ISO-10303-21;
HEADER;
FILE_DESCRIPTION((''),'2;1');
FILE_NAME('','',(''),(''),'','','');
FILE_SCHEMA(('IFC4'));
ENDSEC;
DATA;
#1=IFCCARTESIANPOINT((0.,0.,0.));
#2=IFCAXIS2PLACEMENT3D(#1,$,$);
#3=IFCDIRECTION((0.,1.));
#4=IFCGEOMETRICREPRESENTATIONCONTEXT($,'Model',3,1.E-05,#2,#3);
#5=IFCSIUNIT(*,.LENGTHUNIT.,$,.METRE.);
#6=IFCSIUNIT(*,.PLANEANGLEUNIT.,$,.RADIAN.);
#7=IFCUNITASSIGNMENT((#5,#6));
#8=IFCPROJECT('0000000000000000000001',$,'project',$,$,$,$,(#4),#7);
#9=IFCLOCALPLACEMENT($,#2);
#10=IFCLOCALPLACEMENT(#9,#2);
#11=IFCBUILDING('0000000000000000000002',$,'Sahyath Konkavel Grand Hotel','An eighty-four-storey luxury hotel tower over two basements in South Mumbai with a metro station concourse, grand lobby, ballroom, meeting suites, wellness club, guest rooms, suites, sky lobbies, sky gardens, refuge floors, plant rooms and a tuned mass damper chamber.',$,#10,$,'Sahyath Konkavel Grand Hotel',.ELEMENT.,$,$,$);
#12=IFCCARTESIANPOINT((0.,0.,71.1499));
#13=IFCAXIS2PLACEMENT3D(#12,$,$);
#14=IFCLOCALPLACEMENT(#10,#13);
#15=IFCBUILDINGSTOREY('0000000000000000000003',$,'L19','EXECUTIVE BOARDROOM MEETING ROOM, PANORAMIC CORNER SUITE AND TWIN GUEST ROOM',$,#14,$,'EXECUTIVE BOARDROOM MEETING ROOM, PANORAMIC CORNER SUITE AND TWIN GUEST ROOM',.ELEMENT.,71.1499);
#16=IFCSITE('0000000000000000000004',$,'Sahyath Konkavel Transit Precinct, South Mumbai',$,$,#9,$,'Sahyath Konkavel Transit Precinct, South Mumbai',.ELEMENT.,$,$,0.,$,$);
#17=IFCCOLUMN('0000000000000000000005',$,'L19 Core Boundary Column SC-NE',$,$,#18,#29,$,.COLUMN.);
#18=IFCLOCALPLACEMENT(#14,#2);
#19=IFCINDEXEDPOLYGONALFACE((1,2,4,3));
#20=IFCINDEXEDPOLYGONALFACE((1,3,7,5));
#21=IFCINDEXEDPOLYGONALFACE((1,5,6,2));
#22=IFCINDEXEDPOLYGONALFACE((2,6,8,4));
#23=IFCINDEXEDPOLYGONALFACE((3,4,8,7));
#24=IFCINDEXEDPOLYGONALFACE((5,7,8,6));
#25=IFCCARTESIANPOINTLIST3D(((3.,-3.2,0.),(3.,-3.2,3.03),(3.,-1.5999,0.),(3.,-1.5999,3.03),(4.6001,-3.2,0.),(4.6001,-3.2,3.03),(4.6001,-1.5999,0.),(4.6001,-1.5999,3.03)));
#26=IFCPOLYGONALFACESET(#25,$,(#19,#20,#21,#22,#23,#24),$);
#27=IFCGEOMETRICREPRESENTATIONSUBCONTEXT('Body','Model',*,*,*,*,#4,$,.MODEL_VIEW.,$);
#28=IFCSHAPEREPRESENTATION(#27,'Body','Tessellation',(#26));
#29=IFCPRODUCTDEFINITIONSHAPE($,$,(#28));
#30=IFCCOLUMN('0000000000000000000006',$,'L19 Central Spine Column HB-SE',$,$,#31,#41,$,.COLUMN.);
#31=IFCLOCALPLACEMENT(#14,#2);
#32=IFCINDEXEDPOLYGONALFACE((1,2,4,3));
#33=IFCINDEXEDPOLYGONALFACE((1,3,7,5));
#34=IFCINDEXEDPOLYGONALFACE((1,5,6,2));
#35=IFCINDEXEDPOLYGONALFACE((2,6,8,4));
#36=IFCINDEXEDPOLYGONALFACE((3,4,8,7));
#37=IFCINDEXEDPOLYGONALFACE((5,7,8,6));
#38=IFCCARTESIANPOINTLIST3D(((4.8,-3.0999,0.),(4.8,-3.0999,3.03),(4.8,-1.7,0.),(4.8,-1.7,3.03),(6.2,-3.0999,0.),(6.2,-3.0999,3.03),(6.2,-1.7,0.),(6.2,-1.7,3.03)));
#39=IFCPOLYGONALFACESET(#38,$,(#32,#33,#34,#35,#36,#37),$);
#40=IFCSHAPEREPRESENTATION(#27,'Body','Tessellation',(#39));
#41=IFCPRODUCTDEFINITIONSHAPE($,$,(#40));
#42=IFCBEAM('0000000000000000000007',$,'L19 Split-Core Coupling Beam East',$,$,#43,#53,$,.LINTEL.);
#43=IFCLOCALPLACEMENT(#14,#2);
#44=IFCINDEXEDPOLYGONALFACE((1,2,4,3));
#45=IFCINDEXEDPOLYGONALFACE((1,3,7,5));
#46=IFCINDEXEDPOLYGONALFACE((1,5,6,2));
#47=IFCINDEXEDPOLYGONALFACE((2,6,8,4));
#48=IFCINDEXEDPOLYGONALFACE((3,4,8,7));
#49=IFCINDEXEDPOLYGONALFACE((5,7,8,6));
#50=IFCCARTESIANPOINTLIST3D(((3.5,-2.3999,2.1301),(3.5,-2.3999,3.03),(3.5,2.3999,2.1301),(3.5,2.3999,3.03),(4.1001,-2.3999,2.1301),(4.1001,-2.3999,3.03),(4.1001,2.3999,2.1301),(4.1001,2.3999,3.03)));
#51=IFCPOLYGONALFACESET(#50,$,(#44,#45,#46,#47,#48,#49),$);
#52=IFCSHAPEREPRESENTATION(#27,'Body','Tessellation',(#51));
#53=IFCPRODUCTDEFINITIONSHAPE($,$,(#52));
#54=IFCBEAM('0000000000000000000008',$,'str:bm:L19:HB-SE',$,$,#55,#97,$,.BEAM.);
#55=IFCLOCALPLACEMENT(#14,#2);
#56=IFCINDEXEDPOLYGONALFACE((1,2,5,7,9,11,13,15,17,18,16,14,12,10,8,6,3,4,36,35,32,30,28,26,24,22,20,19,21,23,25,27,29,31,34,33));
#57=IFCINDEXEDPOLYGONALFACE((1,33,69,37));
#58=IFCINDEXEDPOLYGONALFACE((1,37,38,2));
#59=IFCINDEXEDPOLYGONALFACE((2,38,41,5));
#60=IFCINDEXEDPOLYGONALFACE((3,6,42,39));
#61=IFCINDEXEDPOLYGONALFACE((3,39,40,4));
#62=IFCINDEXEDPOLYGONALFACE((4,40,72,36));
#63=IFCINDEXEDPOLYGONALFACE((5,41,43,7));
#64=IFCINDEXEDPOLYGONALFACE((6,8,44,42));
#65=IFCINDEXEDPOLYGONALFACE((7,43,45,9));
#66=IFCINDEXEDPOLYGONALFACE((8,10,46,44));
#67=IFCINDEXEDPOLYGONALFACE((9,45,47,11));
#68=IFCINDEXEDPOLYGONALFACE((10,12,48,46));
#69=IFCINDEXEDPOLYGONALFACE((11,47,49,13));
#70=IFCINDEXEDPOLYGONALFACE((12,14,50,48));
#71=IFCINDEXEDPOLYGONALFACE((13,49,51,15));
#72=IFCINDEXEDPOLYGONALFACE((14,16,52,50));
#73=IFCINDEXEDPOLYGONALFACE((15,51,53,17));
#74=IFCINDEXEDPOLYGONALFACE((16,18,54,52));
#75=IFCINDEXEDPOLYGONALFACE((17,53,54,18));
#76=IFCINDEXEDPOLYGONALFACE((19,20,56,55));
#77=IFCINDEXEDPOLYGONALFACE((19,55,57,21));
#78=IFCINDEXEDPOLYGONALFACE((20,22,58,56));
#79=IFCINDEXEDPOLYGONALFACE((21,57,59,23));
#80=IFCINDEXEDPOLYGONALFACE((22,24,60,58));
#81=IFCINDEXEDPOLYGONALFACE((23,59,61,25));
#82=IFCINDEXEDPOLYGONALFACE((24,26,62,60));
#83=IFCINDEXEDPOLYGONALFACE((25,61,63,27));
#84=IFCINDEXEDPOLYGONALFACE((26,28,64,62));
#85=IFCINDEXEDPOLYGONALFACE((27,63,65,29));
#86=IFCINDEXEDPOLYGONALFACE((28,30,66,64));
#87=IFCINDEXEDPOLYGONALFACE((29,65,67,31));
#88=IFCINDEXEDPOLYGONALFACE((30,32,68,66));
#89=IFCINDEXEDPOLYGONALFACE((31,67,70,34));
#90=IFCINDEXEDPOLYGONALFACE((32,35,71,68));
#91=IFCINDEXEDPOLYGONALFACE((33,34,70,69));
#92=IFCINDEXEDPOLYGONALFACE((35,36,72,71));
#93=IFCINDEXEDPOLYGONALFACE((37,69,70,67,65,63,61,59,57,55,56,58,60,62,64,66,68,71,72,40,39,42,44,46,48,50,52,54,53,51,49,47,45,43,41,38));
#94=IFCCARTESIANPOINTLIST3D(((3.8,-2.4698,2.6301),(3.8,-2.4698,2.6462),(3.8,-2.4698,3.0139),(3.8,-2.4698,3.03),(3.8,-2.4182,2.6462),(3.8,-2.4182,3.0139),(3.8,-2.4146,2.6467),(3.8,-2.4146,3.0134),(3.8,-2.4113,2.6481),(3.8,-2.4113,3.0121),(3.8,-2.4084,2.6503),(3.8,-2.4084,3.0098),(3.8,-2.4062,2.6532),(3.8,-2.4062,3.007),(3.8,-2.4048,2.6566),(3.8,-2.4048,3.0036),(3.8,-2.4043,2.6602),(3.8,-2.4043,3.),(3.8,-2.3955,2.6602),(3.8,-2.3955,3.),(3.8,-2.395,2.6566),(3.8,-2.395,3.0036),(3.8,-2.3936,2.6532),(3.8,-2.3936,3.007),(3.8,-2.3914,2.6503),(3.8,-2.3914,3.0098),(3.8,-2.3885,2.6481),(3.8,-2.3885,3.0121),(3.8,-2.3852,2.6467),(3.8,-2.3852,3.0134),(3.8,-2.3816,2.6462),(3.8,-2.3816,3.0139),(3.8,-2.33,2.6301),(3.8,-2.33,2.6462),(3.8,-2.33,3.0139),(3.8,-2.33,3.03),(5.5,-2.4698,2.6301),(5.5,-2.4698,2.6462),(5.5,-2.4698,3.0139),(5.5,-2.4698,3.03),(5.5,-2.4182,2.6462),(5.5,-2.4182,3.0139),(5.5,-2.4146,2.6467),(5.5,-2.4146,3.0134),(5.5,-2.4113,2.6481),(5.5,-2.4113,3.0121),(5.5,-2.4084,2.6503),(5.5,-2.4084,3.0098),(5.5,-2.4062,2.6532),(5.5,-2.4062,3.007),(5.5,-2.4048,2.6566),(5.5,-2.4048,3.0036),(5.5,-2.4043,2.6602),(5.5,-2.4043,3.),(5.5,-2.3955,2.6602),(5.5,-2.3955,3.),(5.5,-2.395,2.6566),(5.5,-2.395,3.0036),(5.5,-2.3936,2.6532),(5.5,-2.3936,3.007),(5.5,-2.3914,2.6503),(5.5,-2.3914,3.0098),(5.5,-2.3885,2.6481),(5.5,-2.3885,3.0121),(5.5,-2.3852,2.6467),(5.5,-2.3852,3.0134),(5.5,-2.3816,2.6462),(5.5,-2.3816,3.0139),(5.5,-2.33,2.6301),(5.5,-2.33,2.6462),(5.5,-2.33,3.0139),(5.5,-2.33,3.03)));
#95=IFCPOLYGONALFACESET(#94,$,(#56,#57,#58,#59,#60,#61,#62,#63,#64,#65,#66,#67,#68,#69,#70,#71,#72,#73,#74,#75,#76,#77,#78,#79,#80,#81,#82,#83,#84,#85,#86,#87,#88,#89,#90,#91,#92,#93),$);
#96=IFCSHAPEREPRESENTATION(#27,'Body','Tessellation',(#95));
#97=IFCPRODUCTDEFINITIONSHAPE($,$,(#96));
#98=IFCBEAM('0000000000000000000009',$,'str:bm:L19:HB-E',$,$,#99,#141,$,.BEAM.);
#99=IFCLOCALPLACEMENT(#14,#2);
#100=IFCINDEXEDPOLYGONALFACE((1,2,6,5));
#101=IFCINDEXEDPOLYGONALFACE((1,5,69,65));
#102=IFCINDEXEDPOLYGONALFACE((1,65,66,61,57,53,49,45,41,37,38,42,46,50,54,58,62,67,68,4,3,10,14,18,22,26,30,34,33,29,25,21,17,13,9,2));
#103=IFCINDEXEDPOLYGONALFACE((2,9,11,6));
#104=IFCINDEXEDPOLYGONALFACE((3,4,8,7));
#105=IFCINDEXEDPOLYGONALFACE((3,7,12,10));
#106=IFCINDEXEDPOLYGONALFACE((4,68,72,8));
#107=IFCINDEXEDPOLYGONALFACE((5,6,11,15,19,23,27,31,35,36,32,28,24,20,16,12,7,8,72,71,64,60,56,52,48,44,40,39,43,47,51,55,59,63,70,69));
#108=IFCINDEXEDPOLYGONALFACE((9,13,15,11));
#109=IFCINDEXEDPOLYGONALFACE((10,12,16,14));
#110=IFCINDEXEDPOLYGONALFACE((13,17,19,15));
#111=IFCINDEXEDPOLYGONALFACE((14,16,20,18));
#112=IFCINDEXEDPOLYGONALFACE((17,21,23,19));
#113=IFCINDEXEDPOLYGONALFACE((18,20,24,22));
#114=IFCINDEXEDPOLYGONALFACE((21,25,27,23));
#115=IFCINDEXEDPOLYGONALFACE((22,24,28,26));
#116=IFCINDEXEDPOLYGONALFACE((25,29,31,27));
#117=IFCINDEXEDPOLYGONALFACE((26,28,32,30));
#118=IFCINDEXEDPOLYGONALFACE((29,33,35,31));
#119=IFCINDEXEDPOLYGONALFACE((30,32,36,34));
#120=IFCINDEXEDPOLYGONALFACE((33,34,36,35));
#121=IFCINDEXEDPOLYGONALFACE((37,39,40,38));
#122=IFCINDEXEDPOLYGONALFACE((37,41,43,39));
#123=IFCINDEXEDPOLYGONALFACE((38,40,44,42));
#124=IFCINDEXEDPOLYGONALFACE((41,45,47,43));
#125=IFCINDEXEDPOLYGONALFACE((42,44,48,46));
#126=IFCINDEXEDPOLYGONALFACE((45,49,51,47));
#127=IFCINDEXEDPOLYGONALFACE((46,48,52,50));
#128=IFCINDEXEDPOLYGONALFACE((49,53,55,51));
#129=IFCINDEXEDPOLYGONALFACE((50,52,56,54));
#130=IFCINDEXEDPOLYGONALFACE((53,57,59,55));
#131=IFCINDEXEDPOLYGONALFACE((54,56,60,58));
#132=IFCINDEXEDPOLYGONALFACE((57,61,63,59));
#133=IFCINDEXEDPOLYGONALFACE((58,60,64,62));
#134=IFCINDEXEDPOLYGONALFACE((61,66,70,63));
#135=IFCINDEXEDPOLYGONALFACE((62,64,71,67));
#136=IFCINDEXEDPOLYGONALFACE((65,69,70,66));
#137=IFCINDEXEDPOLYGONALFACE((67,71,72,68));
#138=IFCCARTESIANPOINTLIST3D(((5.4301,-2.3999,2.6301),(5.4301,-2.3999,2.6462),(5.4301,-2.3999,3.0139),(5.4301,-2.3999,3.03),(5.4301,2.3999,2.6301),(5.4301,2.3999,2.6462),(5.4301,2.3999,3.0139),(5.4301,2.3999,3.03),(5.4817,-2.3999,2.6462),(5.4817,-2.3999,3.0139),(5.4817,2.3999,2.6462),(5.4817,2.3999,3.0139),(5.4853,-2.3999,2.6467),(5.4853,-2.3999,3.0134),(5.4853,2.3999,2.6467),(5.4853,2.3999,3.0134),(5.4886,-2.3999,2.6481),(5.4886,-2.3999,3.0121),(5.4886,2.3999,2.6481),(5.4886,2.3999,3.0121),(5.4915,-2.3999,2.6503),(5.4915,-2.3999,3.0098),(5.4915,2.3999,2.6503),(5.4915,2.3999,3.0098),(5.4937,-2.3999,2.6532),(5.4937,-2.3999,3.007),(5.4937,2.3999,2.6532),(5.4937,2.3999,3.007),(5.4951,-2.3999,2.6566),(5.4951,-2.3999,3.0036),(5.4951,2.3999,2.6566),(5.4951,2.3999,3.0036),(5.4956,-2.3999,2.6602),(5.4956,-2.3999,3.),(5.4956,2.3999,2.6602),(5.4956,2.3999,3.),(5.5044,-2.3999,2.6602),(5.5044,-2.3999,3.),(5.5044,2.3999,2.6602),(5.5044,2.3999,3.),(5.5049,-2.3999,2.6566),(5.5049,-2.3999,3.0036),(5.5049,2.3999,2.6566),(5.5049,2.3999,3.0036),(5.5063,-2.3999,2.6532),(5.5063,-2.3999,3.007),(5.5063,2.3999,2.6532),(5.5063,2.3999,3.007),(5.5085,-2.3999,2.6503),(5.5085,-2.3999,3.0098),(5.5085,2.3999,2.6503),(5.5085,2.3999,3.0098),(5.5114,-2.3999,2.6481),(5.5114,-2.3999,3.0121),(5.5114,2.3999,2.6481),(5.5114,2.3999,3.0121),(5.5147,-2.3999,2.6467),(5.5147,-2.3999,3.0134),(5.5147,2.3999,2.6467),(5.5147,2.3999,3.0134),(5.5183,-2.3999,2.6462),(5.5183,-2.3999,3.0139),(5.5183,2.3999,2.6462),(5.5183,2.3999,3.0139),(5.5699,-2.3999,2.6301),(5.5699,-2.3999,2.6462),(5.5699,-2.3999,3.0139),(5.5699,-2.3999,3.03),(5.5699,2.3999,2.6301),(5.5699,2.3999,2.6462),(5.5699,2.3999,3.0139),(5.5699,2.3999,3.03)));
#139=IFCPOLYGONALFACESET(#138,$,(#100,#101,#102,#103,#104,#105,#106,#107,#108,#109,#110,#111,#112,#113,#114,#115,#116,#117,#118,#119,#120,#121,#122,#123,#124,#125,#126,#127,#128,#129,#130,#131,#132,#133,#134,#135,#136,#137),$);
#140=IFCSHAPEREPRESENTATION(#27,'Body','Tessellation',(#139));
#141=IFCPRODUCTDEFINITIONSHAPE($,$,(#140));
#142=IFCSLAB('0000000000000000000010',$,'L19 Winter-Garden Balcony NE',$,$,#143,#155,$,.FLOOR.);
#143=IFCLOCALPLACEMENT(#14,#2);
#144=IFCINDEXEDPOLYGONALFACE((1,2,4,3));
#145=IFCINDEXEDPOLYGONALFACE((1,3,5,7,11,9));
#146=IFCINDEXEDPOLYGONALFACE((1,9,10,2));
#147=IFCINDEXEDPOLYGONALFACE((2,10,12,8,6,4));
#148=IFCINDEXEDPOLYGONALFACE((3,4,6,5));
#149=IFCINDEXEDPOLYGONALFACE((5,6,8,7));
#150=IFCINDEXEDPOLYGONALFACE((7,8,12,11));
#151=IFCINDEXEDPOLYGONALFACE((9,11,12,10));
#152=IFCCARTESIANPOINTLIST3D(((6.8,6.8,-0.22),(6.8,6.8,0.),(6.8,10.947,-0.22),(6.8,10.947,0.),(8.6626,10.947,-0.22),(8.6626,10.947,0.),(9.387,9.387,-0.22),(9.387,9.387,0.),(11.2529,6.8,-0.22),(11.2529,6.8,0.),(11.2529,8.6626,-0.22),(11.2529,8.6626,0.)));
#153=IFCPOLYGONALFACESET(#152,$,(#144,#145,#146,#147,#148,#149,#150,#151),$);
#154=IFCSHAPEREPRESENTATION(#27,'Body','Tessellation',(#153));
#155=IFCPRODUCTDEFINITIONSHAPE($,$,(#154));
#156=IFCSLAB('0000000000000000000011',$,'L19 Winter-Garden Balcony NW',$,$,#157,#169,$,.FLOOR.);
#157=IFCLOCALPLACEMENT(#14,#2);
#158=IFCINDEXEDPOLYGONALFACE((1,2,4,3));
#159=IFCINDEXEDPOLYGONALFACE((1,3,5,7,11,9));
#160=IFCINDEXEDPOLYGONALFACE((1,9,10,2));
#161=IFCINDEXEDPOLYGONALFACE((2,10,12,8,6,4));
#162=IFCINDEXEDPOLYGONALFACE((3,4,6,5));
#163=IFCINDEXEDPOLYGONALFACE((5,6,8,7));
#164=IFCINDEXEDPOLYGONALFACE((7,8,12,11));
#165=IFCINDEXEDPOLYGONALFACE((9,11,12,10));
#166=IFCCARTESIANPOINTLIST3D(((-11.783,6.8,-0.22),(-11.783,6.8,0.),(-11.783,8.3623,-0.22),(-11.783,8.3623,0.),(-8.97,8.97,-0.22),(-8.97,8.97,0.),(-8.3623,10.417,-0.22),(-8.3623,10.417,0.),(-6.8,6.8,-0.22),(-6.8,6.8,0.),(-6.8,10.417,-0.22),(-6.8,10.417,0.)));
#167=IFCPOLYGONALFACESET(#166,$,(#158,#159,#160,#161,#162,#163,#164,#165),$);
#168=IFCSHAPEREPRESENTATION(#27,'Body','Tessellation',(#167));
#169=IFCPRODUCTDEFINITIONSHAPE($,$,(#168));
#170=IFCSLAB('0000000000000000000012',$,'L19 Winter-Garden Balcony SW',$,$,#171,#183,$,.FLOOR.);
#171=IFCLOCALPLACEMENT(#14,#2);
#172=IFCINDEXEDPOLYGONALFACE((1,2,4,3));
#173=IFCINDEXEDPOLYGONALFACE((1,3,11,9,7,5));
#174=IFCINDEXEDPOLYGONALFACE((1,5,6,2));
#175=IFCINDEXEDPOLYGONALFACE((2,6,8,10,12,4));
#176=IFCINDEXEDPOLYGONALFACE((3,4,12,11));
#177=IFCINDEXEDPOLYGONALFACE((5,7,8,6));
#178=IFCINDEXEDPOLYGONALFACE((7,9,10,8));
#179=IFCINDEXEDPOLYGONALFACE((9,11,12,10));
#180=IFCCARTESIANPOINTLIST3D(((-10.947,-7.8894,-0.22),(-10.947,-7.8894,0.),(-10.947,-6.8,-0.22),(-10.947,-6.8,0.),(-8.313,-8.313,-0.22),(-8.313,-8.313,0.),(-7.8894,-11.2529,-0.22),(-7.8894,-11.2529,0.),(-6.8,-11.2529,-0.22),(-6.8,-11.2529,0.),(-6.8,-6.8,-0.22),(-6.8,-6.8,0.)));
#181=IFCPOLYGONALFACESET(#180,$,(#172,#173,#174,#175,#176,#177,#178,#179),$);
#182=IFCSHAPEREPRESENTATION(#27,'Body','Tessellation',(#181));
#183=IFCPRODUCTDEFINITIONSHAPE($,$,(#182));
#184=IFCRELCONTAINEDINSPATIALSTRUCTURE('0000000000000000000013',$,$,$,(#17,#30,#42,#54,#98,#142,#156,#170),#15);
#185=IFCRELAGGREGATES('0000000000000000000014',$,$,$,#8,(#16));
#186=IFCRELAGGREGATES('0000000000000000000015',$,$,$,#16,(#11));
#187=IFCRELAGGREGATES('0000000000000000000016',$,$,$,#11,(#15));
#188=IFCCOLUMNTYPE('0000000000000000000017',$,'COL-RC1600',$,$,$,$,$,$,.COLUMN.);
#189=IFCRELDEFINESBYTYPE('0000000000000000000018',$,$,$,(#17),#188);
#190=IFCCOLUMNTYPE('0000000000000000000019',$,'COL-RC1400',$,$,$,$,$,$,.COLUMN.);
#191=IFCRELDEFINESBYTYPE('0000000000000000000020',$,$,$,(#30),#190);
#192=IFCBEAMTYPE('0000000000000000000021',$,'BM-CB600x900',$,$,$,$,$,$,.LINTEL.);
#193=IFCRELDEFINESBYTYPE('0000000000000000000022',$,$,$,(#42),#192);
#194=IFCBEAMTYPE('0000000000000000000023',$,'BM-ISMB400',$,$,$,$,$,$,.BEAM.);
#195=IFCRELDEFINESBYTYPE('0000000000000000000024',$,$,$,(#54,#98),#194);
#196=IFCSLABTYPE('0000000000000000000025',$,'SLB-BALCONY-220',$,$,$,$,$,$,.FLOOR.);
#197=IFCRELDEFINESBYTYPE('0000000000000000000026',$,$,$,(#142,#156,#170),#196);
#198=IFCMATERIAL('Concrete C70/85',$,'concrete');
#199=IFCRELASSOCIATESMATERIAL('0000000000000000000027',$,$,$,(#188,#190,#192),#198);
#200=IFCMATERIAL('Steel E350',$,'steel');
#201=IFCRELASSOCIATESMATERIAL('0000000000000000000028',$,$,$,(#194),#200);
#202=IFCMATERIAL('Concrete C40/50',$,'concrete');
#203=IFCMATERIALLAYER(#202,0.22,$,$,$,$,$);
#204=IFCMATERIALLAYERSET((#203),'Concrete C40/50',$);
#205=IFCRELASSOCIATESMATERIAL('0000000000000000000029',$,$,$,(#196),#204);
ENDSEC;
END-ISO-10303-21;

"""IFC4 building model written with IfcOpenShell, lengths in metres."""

from ifc_helpers import new_model, si_unit, direction, frame, origin, origin_2d, place, context, subcontext, project, spatial, polyline, rectangle, i_section, outline, extrude, source, transform, mapped, material, layer, layer_set, material_profile, profile_set, type_object, element, save


model = new_model("IFC4")

# Units and contexts
model_context = context("Model", 3, precision=1e-05, world=origin(), true_north=direction((0.0, 1.0)))
body_context = subcontext(model_context, "Body", "Model", "MODEL_VIEW")
ifc_project = project(units=[si_unit("LENGTHUNIT", "METRE"), si_unit("PLANEANGLEUNIT", "RADIAN")], contexts=[model_context])

# Site, building, storey
site_placement = place(None, origin())
site = spatial("IfcSite", under=ifc_project, at=site_placement, Name="Sahyath Konkavel Transit Precinct, South Mumbai", LongName="Sahyath Konkavel Transit Precinct, South Mumbai", CompositionType="ELEMENT", RefElevation=0.0)
building_placement = place(site_placement, origin())
building = spatial("IfcBuilding", under=site, at=building_placement, Name="Sahyath Konkavel Grand Hotel", Description="An eighty-four-storey luxury hotel tower over two basements in South Mumbai with a metro station concourse, grand lobby, ballroom, meeting suites, wellness club, guest rooms, suites, sky lobbies, sky gardens, refuge floors, plant rooms and a tuned mass damper chamber.", LongName="Sahyath Konkavel Grand Hotel", CompositionType="ELEMENT")
storey_placement = place(building_placement, frame((0.0, 0.0, 71.1499)))
storey = spatial("IfcBuildingStorey", under=building, at=storey_placement, Name="L19", Description="EXECUTIVE BOARDROOM MEETING ROOM, PANORAMIC CORNER SUITE AND TWIN GUEST ROOM", LongName="EXECUTIVE BOARDROOM MEETING ROOM, PANORAMIC CORNER SUITE AND TWIN GUEST ROOM", CompositionType="ELEMENT", Elevation=71.1499)

# Columns
ifc_material_1 = material(Name="Concrete C70/85", Category="concrete")
ifc_material_profile_1 = material_profile(ifc_material_1, rectangle(XDim=1.6001, YDim=1.6001, at=origin_2d()), Name="RC 1600x1600")
ifc_profile_set_1 = profile_set([ifc_material_profile_1], Name="Concrete C70/85")
column_type_1 = type_object("IfcColumnType", Name="COL-RC1600", PredefinedType="COLUMN", material=ifc_profile_set_1)
shared_shape_1 = source(origin(), body_context, "Body", "SweptSolid", [
    extrude(rectangle(XDim=1.6001, YDim=1.6001, at=origin_2d()), origin(), (0.0, 0.0, 1.0), 3.03),
])
column_1_placement = place(storey_placement, frame((3.8, -2.3999, 0.0), z_axis=(0.0, 0.0, 1.0), x_axis=(1.0, 0.0, 0.0)))
element("IfcColumn", 1, at=column_1_placement, inside=storey, type_object=column_type_1, Name="L19 Core Boundary Column SC-NE", PredefinedType="COLUMN", context=body_context, shape_type="MappedRepresentation", body=[
    mapped(shared_shape_1, transform((0.0, 0.0, 0.0), scale=1.0)),
])
ifc_material_profile_2 = material_profile(ifc_material_1, rectangle(XDim=1.3999, YDim=1.3999, at=origin_2d()), Name="RC 1400x1400")
ifc_profile_set_2 = profile_set([ifc_material_profile_2], Name="Concrete C70/85")
column_type_2 = type_object("IfcColumnType", Name="COL-RC1400", PredefinedType="COLUMN", material=ifc_profile_set_2)
shared_shape_2 = source(origin(), body_context, "Body", "SweptSolid", [
    extrude(rectangle(XDim=1.3999, YDim=1.3999, at=origin_2d()), origin(), (0.0, 0.0, 1.0), 3.03),
])
column_2_placement = place(storey_placement, frame((5.5, -2.3999, 0.0), z_axis=(0.0, 0.0, 1.0), x_axis=(1.0, 0.0, 0.0)))
element("IfcColumn", 2, at=column_2_placement, inside=storey, type_object=column_type_2, Name="L19 Central Spine Column HB-SE", PredefinedType="COLUMN", context=body_context, shape_type="MappedRepresentation", body=[
    mapped(shared_shape_2, transform((0.0, 0.0, 0.0), scale=1.0)),
])

# Beams
ifc_material_profile_3 = material_profile(ifc_material_1, rectangle(XDim=0.6001, YDim=0.8999, at=origin_2d()), Name="RC 600x900")
ifc_profile_set_3 = profile_set([ifc_material_profile_3], Name="Concrete C70/85")
beam_type_1 = type_object("IfcBeamType", Name="BM-CB600x900", PredefinedType="LINTEL", material=ifc_profile_set_3)
shared_shape_3 = source(origin(), body_context, "Body", "SweptSolid", [
    extrude(rectangle(XDim=0.6001, YDim=0.8999, at=origin_2d()), origin(), (0.0, 0.0, 1.0), 4.7998),
])
beam_1_placement = place(storey_placement, frame((3.8, -2.3999, 2.5801), z_axis=(0.0, 1.0, 0.0), x_axis=(-1.0, 0.0, 0.0)))
element("IfcBeam", 3, at=beam_1_placement, inside=storey, type_object=beam_type_1, Name="L19 Split-Core Coupling Beam East", PredefinedType="LINTEL", context=body_context, shape_type="MappedRepresentation", body=[
    mapped(shared_shape_3, transform((0.0, 0.0, 0.0), scale=1.0)),
])
ifc_material_2 = material(Name="Steel E350", Category="steel")
ifc_material_profile_4 = material_profile(ifc_material_2, i_section(OverallWidth=0.1399, OverallDepth=0.3999, WebThickness=0.0088, FlangeThickness=0.0161, FilletRadius=0.0139, at=origin_2d()), Name="ISMB 400")
ifc_profile_set_4 = profile_set([ifc_material_profile_4], Name="Steel E350")
beam_type_2 = type_object("IfcBeamType", Name="BM-ISMB400", PredefinedType="BEAM", material=ifc_profile_set_4)
shared_shape_4 = source(origin(), body_context, "Body", "SweptSolid", [
    extrude(i_section(OverallWidth=0.1399, OverallDepth=0.3999, WebThickness=0.0088, FlangeThickness=0.0161, FilletRadius=0.0139, at=origin_2d()), origin(), (0.0, 0.0, 1.0), 1.7),
])
beam_2_placement = place(storey_placement, frame((3.8, -2.3999, 2.8301), z_axis=(1.0, 0.0, 0.0), x_axis=(0.0, 1.0, 0.0)))
element("IfcBeam", 4, at=beam_2_placement, inside=storey, type_object=beam_type_2, Name="str:bm:L19:HB-SE", PredefinedType="BEAM", context=body_context, shape_type="MappedRepresentation", body=[
    mapped(shared_shape_4, transform((0.0, 0.0, 0.0), scale=1.0)),
])
shared_shape_5 = source(origin(), body_context, "Body", "SweptSolid", [
    extrude(i_section(OverallWidth=0.1399, OverallDepth=0.3999, WebThickness=0.0088, FlangeThickness=0.0161, FilletRadius=0.0139, at=origin_2d()), origin(), (0.0, 0.0, 1.0), 4.7998),
])
beam_3_placement = place(storey_placement, frame((5.5, -2.3999, 2.8301), z_axis=(0.0, 1.0, 0.0), x_axis=(-1.0, 0.0, 0.0)))
element("IfcBeam", 5, at=beam_3_placement, inside=storey, type_object=beam_type_2, Name="str:bm:L19:HB-E", PredefinedType="BEAM", context=body_context, shape_type="MappedRepresentation", body=[
    mapped(shared_shape_5, transform((0.0, 0.0, 0.0), scale=1.0)),
])

# Slabs
ifc_material_3 = material(Name="Concrete C40/50", Category="concrete")
ifc_layer_1 = layer(ifc_material_3, 0.22)
ifc_layer_set_1 = layer_set([ifc_layer_1], Name="Concrete C40/50")
slab_type_1 = type_object("IfcSlabType", Name="SLB-BALCONY-220", PredefinedType="FLOOR", material=ifc_layer_set_1)
slab_1_placement = place(storey_placement, frame((0.0, 0.0, -0.22)))
element("IfcSlab", 6, at=slab_1_placement, inside=storey, type_object=slab_type_1, Name="L19 Winter-Garden Balcony NE", PredefinedType="FLOOR", context=body_context, shape_type="SweptSolid", body=[
    extrude(outline(polyline([(6.8, 6.8), (11.2529, 6.8), (11.2529, 8.6626), (9.387, 9.387), (8.6626, 10.947), (6.8, 10.947), (6.8, 6.8)])), origin(), (0.0, 0.0, 1.0), 0.22),
])
slab_2_placement = place(storey_placement, frame((0.0, 0.0, -0.22)))
element("IfcSlab", 7, at=slab_2_placement, inside=storey, type_object=slab_type_1, Name="L19 Winter-Garden Balcony NW", PredefinedType="FLOOR", context=body_context, shape_type="SweptSolid", body=[
    extrude(outline(polyline([(-6.8, 6.8), (-6.8, 10.417), (-8.3623, 10.417), (-8.97, 8.97), (-11.783, 8.3623), (-11.783, 6.8), (-6.8, 6.8)])), origin(), (0.0, 0.0, 1.0), 0.22),
])
slab_3_placement = place(storey_placement, frame((0.0, 0.0, -0.22)))
element("IfcSlab", 8, at=slab_3_placement, inside=storey, type_object=slab_type_1, Name="L19 Winter-Garden Balcony SW", PredefinedType="FLOOR", context=body_context, shape_type="SweptSolid", body=[
    extrude(outline(polyline([(-6.8, -6.8), (-10.947, -6.8), (-10.947, -7.8894), (-8.313, -8.313), (-7.8894, -11.2529), (-6.8, -11.2529), (-6.8, -6.8)])), origin(), (0.0, 0.0, 1.0), 0.22),
])

save(model, "model.ifc")
